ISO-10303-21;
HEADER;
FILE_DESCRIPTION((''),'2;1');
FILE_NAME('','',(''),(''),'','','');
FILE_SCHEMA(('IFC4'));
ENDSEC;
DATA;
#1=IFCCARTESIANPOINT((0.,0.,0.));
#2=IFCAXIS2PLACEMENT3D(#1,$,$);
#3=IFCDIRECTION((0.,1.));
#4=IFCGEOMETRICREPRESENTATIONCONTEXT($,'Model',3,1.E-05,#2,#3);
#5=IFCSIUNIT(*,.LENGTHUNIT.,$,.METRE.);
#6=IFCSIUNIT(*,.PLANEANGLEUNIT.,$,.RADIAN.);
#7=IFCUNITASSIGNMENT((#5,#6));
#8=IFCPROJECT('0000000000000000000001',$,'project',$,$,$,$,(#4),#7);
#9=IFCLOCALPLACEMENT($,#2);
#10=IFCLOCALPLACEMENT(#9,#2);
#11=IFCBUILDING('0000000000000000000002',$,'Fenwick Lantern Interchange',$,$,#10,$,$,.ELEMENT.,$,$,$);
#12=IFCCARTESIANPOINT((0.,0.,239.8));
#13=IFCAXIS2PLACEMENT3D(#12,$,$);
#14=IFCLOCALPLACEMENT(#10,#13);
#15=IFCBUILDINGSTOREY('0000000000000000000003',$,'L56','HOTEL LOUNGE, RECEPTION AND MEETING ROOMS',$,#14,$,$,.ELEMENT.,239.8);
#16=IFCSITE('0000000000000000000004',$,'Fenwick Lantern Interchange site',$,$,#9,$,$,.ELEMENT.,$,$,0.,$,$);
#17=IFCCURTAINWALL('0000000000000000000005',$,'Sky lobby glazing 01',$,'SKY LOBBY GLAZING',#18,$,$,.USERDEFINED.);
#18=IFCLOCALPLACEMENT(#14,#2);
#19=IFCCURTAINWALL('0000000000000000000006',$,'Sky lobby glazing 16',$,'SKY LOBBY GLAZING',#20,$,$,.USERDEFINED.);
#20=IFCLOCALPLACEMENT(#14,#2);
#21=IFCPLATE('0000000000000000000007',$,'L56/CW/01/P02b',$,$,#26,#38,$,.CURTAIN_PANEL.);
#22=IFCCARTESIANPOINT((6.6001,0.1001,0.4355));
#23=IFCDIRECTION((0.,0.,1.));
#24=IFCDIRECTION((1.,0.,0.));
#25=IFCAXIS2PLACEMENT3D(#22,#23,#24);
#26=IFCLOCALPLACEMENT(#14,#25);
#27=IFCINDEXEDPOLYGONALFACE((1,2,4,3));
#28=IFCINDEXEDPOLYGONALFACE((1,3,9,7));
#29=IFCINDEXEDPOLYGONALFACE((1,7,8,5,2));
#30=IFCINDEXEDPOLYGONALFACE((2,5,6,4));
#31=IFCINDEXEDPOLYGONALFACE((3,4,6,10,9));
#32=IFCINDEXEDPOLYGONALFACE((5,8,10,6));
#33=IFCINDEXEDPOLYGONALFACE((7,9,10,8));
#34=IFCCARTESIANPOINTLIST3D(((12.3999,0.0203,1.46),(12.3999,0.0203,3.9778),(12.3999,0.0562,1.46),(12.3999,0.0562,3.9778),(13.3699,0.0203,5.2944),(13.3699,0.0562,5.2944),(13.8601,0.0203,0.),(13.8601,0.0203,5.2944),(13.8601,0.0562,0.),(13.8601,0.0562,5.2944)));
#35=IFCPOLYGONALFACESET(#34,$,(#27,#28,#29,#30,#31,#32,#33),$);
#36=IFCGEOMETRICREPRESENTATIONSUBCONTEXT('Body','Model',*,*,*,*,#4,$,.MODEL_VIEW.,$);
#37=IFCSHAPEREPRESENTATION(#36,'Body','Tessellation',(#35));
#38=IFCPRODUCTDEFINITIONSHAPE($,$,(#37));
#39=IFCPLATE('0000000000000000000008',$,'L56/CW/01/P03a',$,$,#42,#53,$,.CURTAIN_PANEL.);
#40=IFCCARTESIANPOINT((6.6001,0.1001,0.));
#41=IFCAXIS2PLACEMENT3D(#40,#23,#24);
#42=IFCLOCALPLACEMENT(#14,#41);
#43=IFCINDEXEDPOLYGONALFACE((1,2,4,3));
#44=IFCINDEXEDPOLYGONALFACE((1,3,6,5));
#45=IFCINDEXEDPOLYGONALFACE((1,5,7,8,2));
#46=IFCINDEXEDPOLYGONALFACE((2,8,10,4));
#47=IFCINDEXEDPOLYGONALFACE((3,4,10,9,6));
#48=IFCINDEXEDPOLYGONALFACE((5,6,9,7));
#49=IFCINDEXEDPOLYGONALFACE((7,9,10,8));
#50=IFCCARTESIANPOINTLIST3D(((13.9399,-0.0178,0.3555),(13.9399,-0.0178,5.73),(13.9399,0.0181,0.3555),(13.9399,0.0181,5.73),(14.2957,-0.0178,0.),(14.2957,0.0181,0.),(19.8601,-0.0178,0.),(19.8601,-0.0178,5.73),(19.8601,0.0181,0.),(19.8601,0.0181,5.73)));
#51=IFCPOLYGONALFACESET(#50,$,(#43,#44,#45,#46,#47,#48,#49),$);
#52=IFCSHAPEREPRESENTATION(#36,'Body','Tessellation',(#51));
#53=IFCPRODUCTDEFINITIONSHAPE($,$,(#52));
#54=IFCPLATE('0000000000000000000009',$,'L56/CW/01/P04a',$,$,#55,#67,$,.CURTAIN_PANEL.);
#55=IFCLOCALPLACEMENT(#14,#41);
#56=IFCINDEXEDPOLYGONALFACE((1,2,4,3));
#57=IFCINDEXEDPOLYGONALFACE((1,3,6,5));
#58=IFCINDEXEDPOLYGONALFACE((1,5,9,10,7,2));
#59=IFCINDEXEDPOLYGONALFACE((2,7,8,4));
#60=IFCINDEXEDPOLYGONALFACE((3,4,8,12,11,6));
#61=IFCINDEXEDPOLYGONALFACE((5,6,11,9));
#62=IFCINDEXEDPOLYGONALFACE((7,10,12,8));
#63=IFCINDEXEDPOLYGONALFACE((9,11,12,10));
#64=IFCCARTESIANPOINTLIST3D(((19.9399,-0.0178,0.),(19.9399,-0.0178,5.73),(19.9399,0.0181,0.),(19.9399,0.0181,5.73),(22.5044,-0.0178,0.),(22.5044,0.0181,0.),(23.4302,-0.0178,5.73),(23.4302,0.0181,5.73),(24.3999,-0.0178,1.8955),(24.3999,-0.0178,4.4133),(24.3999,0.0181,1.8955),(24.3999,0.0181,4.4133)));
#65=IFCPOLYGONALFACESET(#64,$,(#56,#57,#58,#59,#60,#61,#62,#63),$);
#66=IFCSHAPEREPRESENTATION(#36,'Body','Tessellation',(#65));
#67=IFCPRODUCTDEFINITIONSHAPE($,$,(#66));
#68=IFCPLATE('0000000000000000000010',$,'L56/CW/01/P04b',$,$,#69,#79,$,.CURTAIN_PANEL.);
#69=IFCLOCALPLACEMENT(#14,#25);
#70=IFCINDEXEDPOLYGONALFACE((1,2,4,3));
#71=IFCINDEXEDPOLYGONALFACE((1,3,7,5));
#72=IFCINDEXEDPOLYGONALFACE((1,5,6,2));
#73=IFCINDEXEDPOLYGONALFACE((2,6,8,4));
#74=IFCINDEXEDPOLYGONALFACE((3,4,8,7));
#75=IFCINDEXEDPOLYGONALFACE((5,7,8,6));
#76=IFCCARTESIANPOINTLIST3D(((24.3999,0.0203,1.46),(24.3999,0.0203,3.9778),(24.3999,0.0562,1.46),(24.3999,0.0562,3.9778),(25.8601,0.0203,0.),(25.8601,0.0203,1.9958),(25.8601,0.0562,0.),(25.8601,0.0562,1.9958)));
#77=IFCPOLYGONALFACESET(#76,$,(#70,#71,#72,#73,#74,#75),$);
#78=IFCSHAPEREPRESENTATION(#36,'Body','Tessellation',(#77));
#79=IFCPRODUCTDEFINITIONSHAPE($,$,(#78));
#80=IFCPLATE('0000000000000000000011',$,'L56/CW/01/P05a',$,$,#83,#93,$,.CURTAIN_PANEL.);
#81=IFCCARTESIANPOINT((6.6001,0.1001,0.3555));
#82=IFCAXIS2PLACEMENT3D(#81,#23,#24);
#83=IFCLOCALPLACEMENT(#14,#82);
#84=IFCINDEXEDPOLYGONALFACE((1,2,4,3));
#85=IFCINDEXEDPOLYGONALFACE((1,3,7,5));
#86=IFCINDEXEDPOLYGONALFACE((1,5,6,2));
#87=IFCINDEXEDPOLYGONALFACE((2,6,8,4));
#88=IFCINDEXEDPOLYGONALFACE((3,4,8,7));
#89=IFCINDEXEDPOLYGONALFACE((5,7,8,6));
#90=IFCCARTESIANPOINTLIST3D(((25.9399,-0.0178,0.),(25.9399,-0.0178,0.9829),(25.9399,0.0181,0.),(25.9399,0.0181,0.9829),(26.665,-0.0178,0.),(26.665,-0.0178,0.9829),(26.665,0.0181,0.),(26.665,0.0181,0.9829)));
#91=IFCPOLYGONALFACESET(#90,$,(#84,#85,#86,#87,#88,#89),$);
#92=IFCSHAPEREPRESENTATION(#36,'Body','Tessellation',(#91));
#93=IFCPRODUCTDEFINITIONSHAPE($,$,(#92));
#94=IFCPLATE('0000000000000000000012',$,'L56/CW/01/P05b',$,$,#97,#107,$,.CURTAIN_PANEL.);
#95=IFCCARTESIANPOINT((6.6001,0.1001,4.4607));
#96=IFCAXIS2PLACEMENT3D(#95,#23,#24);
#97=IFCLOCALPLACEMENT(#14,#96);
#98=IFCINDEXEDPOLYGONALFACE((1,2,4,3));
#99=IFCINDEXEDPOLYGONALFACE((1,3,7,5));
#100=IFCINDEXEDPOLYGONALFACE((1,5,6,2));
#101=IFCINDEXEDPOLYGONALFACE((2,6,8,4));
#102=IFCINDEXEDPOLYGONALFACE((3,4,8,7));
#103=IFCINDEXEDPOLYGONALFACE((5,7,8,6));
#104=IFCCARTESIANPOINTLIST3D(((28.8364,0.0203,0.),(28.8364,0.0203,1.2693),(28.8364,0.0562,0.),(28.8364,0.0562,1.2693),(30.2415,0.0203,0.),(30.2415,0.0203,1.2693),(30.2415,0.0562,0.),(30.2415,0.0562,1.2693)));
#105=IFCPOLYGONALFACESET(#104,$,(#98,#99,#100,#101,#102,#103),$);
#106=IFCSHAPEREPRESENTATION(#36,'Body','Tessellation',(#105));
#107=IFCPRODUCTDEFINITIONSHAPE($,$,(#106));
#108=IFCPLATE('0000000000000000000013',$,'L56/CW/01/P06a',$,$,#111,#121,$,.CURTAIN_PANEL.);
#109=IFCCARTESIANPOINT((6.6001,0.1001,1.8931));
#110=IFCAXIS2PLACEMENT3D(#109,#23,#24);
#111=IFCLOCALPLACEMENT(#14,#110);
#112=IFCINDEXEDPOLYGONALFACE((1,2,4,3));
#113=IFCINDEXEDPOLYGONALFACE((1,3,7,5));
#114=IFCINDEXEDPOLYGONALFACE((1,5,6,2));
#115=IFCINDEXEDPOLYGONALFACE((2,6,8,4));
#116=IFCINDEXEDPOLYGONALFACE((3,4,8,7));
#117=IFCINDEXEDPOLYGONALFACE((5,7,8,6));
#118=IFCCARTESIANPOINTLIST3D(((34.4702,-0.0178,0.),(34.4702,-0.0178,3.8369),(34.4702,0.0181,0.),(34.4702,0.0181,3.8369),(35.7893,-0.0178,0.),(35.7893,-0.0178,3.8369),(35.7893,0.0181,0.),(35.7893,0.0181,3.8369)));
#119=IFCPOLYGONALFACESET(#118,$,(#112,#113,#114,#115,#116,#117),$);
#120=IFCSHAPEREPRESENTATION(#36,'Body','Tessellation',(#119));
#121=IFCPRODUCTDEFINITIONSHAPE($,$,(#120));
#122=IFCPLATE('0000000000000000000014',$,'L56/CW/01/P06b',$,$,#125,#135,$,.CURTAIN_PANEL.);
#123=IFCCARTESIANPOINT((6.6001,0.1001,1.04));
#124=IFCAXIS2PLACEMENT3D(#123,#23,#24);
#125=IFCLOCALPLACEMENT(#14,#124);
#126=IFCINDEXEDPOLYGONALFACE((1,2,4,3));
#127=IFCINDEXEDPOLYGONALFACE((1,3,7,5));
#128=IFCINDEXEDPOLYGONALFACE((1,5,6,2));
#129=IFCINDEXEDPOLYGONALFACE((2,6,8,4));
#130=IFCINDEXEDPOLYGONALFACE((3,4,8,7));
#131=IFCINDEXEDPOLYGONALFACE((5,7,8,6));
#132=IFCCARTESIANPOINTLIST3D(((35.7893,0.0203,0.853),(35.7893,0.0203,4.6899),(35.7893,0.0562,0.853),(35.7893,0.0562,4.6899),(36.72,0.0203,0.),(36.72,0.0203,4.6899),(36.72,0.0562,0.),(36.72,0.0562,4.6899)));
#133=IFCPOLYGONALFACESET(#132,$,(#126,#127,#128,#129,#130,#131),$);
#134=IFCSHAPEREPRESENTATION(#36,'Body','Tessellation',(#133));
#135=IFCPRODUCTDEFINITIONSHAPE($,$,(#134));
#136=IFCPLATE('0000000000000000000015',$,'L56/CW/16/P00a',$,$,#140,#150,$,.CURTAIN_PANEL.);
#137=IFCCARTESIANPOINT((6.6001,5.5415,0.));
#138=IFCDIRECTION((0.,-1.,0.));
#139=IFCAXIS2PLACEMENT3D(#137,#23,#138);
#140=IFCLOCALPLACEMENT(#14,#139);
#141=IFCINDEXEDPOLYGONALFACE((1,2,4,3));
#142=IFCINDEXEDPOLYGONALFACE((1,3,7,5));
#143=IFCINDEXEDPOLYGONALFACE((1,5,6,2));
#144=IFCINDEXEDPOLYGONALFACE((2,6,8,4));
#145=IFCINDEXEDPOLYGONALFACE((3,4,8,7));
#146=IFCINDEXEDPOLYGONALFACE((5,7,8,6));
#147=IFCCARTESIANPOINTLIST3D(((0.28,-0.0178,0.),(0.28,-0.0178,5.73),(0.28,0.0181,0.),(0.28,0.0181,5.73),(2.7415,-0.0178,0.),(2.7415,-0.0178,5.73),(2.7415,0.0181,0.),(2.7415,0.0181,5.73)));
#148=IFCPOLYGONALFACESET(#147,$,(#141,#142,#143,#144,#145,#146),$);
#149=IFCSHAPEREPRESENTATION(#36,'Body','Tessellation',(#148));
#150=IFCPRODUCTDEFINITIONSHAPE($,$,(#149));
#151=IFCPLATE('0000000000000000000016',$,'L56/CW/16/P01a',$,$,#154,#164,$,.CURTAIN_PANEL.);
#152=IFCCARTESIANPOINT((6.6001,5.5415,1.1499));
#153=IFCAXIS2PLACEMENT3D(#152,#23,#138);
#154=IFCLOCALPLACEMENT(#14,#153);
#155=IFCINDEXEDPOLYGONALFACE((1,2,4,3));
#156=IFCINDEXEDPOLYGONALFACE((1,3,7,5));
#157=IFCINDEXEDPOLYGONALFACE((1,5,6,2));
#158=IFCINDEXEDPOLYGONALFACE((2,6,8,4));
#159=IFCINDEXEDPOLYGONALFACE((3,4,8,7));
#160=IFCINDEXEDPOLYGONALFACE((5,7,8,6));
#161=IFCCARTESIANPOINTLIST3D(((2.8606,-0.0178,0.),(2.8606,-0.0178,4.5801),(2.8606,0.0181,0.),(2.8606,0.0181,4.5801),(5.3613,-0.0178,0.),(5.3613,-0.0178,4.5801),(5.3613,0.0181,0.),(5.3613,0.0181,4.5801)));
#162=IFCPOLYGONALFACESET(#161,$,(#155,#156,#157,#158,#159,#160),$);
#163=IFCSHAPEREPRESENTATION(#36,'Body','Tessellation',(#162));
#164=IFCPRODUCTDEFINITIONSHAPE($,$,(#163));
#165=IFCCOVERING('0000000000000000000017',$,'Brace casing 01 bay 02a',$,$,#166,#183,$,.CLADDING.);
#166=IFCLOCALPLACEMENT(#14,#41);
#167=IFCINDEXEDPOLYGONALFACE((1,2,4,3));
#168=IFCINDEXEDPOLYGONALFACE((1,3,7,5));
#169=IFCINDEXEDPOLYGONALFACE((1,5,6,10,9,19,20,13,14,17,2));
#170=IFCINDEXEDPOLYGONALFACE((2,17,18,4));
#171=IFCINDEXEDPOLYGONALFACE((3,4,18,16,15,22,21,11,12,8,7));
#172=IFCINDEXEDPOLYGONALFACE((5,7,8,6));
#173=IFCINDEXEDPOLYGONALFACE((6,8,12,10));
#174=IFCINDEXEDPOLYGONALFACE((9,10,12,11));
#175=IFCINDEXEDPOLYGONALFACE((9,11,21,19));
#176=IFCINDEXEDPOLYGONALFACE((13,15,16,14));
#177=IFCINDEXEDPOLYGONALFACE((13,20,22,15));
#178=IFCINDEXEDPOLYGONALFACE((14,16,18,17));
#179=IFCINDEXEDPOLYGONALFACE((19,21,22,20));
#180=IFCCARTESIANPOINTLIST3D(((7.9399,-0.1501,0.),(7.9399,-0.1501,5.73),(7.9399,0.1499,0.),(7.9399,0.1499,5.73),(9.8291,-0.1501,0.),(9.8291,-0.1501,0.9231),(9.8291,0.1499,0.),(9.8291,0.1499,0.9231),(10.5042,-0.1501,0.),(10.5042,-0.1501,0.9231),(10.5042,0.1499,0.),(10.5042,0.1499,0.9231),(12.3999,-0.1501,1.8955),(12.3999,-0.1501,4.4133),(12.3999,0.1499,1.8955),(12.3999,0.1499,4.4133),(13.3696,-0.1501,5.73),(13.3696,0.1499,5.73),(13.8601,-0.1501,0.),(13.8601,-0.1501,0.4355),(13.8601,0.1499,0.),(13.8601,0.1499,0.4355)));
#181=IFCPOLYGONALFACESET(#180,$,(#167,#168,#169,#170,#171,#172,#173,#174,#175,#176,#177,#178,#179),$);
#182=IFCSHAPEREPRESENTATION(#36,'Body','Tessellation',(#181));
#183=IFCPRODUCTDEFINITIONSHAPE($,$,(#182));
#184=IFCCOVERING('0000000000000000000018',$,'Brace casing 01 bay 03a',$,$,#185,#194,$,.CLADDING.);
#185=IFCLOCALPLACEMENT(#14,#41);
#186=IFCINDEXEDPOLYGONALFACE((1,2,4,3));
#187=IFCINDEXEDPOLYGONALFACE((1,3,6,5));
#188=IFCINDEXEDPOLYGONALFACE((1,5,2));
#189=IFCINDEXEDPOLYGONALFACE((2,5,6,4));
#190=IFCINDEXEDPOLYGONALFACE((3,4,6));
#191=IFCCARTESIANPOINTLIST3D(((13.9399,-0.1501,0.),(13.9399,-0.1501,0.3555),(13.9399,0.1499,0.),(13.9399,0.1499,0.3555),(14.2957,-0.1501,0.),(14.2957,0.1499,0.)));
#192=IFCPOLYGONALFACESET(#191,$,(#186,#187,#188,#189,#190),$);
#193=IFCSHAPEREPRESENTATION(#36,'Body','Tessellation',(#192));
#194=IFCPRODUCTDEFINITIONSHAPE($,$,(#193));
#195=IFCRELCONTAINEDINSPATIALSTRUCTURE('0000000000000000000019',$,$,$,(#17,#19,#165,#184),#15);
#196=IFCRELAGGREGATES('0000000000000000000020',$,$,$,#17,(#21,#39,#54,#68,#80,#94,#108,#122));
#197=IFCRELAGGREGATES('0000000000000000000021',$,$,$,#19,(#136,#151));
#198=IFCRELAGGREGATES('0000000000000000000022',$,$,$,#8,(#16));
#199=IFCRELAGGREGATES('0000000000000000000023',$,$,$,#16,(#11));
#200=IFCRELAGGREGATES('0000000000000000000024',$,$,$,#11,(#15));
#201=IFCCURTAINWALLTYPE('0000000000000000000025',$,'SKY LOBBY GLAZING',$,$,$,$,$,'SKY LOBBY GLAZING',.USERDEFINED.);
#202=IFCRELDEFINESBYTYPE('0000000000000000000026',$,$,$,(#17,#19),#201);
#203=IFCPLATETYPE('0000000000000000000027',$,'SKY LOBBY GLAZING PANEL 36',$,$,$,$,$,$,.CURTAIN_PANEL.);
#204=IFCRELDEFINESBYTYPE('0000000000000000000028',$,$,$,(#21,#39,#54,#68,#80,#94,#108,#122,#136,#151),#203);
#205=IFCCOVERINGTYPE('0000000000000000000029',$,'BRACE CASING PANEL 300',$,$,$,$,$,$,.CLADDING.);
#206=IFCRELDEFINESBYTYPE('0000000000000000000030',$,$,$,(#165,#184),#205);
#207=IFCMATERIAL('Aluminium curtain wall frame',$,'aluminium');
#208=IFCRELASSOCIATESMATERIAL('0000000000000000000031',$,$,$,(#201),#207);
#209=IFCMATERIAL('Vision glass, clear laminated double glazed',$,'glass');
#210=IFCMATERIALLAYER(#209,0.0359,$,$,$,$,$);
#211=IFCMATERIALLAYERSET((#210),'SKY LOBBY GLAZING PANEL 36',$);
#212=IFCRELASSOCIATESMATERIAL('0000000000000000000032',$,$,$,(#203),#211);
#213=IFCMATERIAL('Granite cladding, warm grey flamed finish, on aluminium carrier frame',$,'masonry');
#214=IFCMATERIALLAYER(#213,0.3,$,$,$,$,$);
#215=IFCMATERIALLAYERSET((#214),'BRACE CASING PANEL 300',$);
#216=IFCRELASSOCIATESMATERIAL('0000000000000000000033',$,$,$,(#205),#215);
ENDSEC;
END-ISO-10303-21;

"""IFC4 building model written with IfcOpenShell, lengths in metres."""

from ifc_helpers import new_model, si_unit, direction, frame, origin, place, context, subcontext, project, spatial, polyline, outline, extrude, material, layer, layer_set, type_object, element, aggregate, save


model = new_model("IFC4")

# Units and contexts
model_context = context("Model", 3, precision=1e-05, world=origin(), true_north=direction((0.0, 1.0)))
body_context = subcontext(model_context, "Body", "Model", "MODEL_VIEW")
ifc_project = project(units=[si_unit("LENGTHUNIT", "METRE"), si_unit("PLANEANGLEUNIT", "RADIAN")], contexts=[model_context])

# Site, building, storey
site_placement = place(None, origin())
site = spatial("IfcSite", under=ifc_project, at=site_placement, Name="Fenwick Lantern Interchange site", CompositionType="ELEMENT", RefElevation=0.0)
building_placement = place(site_placement, origin())
building = spatial("IfcBuilding", under=site, at=building_placement, Name="Fenwick Lantern Interchange", CompositionType="ELEMENT")
storey_placement = place(building_placement, frame((0.0, 0.0, 239.8)))
storey = spatial("IfcBuildingStorey", under=building, at=storey_placement, Name="L56", Description="HOTEL LOUNGE, RECEPTION AND MEETING ROOMS", CompositionType="ELEMENT", Elevation=239.8)

# Curtain walls
ifc_material_1 = material(Name="Aluminium curtain wall frame", Category="aluminium")
curtain_wall_type = type_object("IfcCurtainWallType", Name="SKY LOBBY GLAZING", ElementType="SKY LOBBY GLAZING", PredefinedType="USERDEFINED", material=ifc_material_1)
curtain_wall_1_placement = place(storey_placement, origin())
curtain_wall_1 = element("IfcCurtainWall", 1, at=curtain_wall_1_placement, inside=storey, type_object=curtain_wall_type, Name="Sky lobby glazing 01", ObjectType="SKY LOBBY GLAZING", PredefinedType="USERDEFINED")
curtain_wall_2_placement = place(storey_placement, origin())
curtain_wall_2 = element("IfcCurtainWall", 2, at=curtain_wall_2_placement, inside=storey, type_object=curtain_wall_type, Name="Sky lobby glazing 16", ObjectType="SKY LOBBY GLAZING", PredefinedType="USERDEFINED")

# Plates
ifc_material_2 = material(Name="Vision glass, clear laminated double glazed", Category="glass")
ifc_layer_1 = layer(ifc_material_2, 0.0359)
ifc_layer_set_1 = layer_set([ifc_layer_1], Name="SKY LOBBY GLAZING PANEL 36")
plate_type = type_object("IfcPlateType", Name="SKY LOBBY GLAZING PANEL 36", PredefinedType="CURTAIN_PANEL", material=ifc_layer_set_1)
plate_1_placement = place(storey_placement, frame((6.6001, 0.1001, 0.4355), z_axis=(0.0, 0.0, 1.0), x_axis=(1.0, 0.0, 0.0)))
plate_1 = element("IfcPlate", 3, at=plate_1_placement, type_object=plate_type, Name="L56/CW/01/P02b", PredefinedType="CURTAIN_PANEL", context=body_context, shape_type="SweptSolid", body=[
    extrude(outline(polyline([(13.8601, 0.0), (13.8601, 5.2944), (13.3699, 5.2944), (12.3999, 3.9778), (12.3999, 1.46), (13.8601, 0.0)])), frame((0.0, 0.0562, 0.0), z_axis=(0.0, -1.0, 0.0), x_axis=(1.0, 0.0, 0.0)), (0.0, 0.0, 1.0), 0.0359),
])
plate_2_placement = place(storey_placement, frame((6.6001, 0.1001, 0.0), z_axis=(0.0, 0.0, 1.0), x_axis=(1.0, 0.0, 0.0)))
plate_2 = element("IfcPlate", 4, at=plate_2_placement, type_object=plate_type, Name="L56/CW/01/P03a", PredefinedType="CURTAIN_PANEL", context=body_context, shape_type="SweptSolid", body=[
    extrude(outline(polyline([(14.2957, 0.0), (19.8601, 0.0), (19.8601, 5.73), (13.9399, 5.73), (13.9399, 0.3555), (14.2957, 0.0)])), frame((0.0, 0.0181, 0.0), z_axis=(0.0, -1.0, 0.0), x_axis=(1.0, 0.0, 0.0)), (0.0, 0.0, 1.0), 0.0359),
])
plate_3_placement = place(storey_placement, frame((6.6001, 0.1001, 0.0), z_axis=(0.0, 0.0, 1.0), x_axis=(1.0, 0.0, 0.0)))
plate_3 = element("IfcPlate", 5, at=plate_3_placement, type_object=plate_type, Name="L56/CW/01/P04a", PredefinedType="CURTAIN_PANEL", context=body_context, shape_type="SweptSolid", body=[
    extrude(outline(polyline([(19.9399, 0.0), (22.5044, 0.0), (24.3999, 1.8955), (24.3999, 4.4133), (23.4302, 5.73), (19.9399, 5.73), (19.9399, 0.0)])), frame((0.0, 0.0181, 0.0), z_axis=(0.0, -1.0, 0.0), x_axis=(1.0, 0.0, 0.0)), (0.0, 0.0, 1.0), 0.0359),
])
plate_4_placement = place(storey_placement, frame((6.6001, 0.1001, 0.4355), z_axis=(0.0, 0.0, 1.0), x_axis=(1.0, 0.0, 0.0)))
plate_4 = element("IfcPlate", 6, at=plate_4_placement, type_object=plate_type, Name="L56/CW/01/P04b", PredefinedType="CURTAIN_PANEL", context=body_context, shape_type="SweptSolid", body=[
    extrude(outline(polyline([(25.8601, 0.0), (25.8601, 1.9958), (24.3999, 3.9778), (24.3999, 1.46), (25.8601, 0.0)])), frame((0.0, 0.0562, 0.0), z_axis=(0.0, -1.0, 0.0), x_axis=(1.0, 0.0, 0.0)), (0.0, 0.0, 1.0), 0.0359),
])
plate_5_placement = place(storey_placement, frame((6.6001, 0.1001, 0.3555), z_axis=(0.0, 0.0, 1.0), x_axis=(1.0, 0.0, 0.0)))
plate_5 = element("IfcPlate", 7, at=plate_5_placement, type_object=plate_type, Name="L56/CW/01/P05a", PredefinedType="CURTAIN_PANEL", context=body_context, shape_type="SweptSolid", body=[
    extrude(outline(polyline([(25.9399, 0.0), (26.665, 0.0), (26.665, 0.9829), (25.9399, 0.9829), (25.9399, 0.0)])), frame((0.0, 0.0181, 0.0), z_axis=(0.0, -1.0, 0.0), x_axis=(1.0, 0.0, 0.0)), (0.0, 0.0, 1.0), 0.0359),
])
plate_6_placement = place(storey_placement, frame((6.6001, 0.1001, 4.4607), z_axis=(0.0, 0.0, 1.0), x_axis=(1.0, 0.0, 0.0)))
plate_6 = element("IfcPlate", 8, at=plate_6_placement, type_object=plate_type, Name="L56/CW/01/P05b", PredefinedType="CURTAIN_PANEL", context=body_context, shape_type="SweptSolid", body=[
    extrude(outline(polyline([(28.8364, 0.0), (30.2415, 0.0), (30.2415, 1.2693), (28.8364, 1.2693), (28.8364, 0.0)])), frame((0.0, 0.0562, 0.0), z_axis=(0.0, -1.0, 0.0), x_axis=(1.0, 0.0, 0.0)), (0.0, 0.0, 1.0), 0.0359),
])
plate_7_placement = place(storey_placement, frame((6.6001, 0.1001, 1.8931), z_axis=(0.0, 0.0, 1.0), x_axis=(1.0, 0.0, 0.0)))
plate_7 = element("IfcPlate", 9, at=plate_7_placement, type_object=plate_type, Name="L56/CW/01/P06a", PredefinedType="CURTAIN_PANEL", context=body_context, shape_type="SweptSolid", body=[
    extrude(outline(polyline([(34.4702, 0.0), (35.7893, 0.0), (35.7893, 3.8369), (34.4702, 3.8369), (34.4702, 0.0)])), frame((0.0, 0.0181, 0.0), z_axis=(0.0, -1.0, 0.0), x_axis=(1.0, 0.0, 0.0)), (0.0, 0.0, 1.0), 0.0359),
])
plate_8_placement = place(storey_placement, frame((6.6001, 0.1001, 1.04), z_axis=(0.0, 0.0, 1.0), x_axis=(1.0, 0.0, 0.0)))
plate_8 = element("IfcPlate", 10, at=plate_8_placement, type_object=plate_type, Name="L56/CW/01/P06b", PredefinedType="CURTAIN_PANEL", context=body_context, shape_type="SweptSolid", body=[
    extrude(outline(polyline([(36.72, 0.0), (36.72, 4.6899), (35.7893, 4.6899), (35.7893, 0.853), (36.72, 0.0)])), frame((0.0, 0.0562, 0.0), z_axis=(0.0, -1.0, 0.0), x_axis=(1.0, 0.0, 0.0)), (0.0, 0.0, 1.0), 0.0359),
])
aggregate(curtain_wall_1, [plate_1, plate_2, plate_3, plate_4, plate_5, plate_6, plate_7, plate_8])
plate_9_placement = place(storey_placement, frame((6.6001, 5.5415, 0.0), z_axis=(0.0, 0.0, 1.0), x_axis=(0.0, -1.0, 0.0)))
plate_9 = element("IfcPlate", 11, at=plate_9_placement, type_object=plate_type, Name="L56/CW/16/P00a", PredefinedType="CURTAIN_PANEL", context=body_context, shape_type="SweptSolid", body=[
    extrude(outline(polyline([(0.28, 0.0), (2.7415, 0.0), (2.7415, 5.73), (0.28, 5.73), (0.28, 0.0)])), frame((0.0, 0.0181, 0.0), z_axis=(0.0, -1.0, 0.0), x_axis=(1.0, 0.0, 0.0)), (0.0, 0.0, 1.0), 0.0359),
])
plate_10_placement = place(storey_placement, frame((6.6001, 5.5415, 1.1499), z_axis=(0.0, 0.0, 1.0), x_axis=(0.0, -1.0, 0.0)))
plate_10 = element("IfcPlate", 12, at=plate_10_placement, type_object=plate_type, Name="L56/CW/16/P01a", PredefinedType="CURTAIN_PANEL", context=body_context, shape_type="SweptSolid", body=[
    extrude(outline(polyline([(2.8606, 0.0), (5.3613, 0.0), (5.3613, 4.5801), (2.8606, 4.5801), (2.8606, 0.0)])), frame((0.0, 0.0181, 0.0), z_axis=(0.0, -1.0, 0.0), x_axis=(1.0, 0.0, 0.0)), (0.0, 0.0, 1.0), 0.0359),
])
aggregate(curtain_wall_2, [plate_9, plate_10])

# Coverings
ifc_material_3 = material(Name="Granite cladding, warm grey flamed finish, on aluminium carrier frame", Category="masonry")
ifc_layer_2 = layer(ifc_material_3, 0.3)
ifc_layer_set_2 = layer_set([ifc_layer_2], Name="BRACE CASING PANEL 300")
covering_type = type_object("IfcCoveringType", Name="BRACE CASING PANEL 300", PredefinedType="CLADDING", material=ifc_layer_set_2)
covering_1_placement = place(storey_placement, frame((6.6001, 0.1001, 0.0), z_axis=(0.0, 0.0, 1.0), x_axis=(1.0, 0.0, 0.0)))
element("IfcCovering", 13, at=covering_1_placement, inside=storey, type_object=covering_type, Name="Brace casing 01 bay 02a", PredefinedType="CLADDING", context=body_context, shape_type="SweptSolid", body=[
    extrude(outline(polyline([(7.9399, 0.0), (9.8291, 0.0), (9.8291, 0.9231), (10.5042, 0.9231), (10.5042, 0.0), (13.8601, 0.0), (13.8601, 0.4355), (12.3999, 1.8955), (12.3999, 4.4133), (13.3696, 5.73), (7.9399, 5.73), (7.9399, 0.0)])), frame((0.0, 0.1499, 0.0), z_axis=(0.0, -1.0, 0.0), x_axis=(1.0, 0.0, 0.0)), (0.0, 0.0, 1.0), 0.3),
])
covering_2_placement = place(storey_placement, frame((6.6001, 0.1001, 0.0), z_axis=(0.0, 0.0, 1.0), x_axis=(1.0, 0.0, 0.0)))
element("IfcCovering", 14, at=covering_2_placement, inside=storey, type_object=covering_type, Name="Brace casing 01 bay 03a", PredefinedType="CLADDING", context=body_context, shape_type="SweptSolid", body=[
    extrude(outline(polyline([(13.9399, 0.0), (14.2957, 0.0), (13.9399, 0.3555), (13.9399, 0.0)])), frame((0.0, 0.1499, 0.0), z_axis=(0.0, -1.0, 0.0), x_axis=(1.0, 0.0, 0.0)), (0.0, 0.0, 1.0), 0.3),
])

save(model, "model.ifc")
